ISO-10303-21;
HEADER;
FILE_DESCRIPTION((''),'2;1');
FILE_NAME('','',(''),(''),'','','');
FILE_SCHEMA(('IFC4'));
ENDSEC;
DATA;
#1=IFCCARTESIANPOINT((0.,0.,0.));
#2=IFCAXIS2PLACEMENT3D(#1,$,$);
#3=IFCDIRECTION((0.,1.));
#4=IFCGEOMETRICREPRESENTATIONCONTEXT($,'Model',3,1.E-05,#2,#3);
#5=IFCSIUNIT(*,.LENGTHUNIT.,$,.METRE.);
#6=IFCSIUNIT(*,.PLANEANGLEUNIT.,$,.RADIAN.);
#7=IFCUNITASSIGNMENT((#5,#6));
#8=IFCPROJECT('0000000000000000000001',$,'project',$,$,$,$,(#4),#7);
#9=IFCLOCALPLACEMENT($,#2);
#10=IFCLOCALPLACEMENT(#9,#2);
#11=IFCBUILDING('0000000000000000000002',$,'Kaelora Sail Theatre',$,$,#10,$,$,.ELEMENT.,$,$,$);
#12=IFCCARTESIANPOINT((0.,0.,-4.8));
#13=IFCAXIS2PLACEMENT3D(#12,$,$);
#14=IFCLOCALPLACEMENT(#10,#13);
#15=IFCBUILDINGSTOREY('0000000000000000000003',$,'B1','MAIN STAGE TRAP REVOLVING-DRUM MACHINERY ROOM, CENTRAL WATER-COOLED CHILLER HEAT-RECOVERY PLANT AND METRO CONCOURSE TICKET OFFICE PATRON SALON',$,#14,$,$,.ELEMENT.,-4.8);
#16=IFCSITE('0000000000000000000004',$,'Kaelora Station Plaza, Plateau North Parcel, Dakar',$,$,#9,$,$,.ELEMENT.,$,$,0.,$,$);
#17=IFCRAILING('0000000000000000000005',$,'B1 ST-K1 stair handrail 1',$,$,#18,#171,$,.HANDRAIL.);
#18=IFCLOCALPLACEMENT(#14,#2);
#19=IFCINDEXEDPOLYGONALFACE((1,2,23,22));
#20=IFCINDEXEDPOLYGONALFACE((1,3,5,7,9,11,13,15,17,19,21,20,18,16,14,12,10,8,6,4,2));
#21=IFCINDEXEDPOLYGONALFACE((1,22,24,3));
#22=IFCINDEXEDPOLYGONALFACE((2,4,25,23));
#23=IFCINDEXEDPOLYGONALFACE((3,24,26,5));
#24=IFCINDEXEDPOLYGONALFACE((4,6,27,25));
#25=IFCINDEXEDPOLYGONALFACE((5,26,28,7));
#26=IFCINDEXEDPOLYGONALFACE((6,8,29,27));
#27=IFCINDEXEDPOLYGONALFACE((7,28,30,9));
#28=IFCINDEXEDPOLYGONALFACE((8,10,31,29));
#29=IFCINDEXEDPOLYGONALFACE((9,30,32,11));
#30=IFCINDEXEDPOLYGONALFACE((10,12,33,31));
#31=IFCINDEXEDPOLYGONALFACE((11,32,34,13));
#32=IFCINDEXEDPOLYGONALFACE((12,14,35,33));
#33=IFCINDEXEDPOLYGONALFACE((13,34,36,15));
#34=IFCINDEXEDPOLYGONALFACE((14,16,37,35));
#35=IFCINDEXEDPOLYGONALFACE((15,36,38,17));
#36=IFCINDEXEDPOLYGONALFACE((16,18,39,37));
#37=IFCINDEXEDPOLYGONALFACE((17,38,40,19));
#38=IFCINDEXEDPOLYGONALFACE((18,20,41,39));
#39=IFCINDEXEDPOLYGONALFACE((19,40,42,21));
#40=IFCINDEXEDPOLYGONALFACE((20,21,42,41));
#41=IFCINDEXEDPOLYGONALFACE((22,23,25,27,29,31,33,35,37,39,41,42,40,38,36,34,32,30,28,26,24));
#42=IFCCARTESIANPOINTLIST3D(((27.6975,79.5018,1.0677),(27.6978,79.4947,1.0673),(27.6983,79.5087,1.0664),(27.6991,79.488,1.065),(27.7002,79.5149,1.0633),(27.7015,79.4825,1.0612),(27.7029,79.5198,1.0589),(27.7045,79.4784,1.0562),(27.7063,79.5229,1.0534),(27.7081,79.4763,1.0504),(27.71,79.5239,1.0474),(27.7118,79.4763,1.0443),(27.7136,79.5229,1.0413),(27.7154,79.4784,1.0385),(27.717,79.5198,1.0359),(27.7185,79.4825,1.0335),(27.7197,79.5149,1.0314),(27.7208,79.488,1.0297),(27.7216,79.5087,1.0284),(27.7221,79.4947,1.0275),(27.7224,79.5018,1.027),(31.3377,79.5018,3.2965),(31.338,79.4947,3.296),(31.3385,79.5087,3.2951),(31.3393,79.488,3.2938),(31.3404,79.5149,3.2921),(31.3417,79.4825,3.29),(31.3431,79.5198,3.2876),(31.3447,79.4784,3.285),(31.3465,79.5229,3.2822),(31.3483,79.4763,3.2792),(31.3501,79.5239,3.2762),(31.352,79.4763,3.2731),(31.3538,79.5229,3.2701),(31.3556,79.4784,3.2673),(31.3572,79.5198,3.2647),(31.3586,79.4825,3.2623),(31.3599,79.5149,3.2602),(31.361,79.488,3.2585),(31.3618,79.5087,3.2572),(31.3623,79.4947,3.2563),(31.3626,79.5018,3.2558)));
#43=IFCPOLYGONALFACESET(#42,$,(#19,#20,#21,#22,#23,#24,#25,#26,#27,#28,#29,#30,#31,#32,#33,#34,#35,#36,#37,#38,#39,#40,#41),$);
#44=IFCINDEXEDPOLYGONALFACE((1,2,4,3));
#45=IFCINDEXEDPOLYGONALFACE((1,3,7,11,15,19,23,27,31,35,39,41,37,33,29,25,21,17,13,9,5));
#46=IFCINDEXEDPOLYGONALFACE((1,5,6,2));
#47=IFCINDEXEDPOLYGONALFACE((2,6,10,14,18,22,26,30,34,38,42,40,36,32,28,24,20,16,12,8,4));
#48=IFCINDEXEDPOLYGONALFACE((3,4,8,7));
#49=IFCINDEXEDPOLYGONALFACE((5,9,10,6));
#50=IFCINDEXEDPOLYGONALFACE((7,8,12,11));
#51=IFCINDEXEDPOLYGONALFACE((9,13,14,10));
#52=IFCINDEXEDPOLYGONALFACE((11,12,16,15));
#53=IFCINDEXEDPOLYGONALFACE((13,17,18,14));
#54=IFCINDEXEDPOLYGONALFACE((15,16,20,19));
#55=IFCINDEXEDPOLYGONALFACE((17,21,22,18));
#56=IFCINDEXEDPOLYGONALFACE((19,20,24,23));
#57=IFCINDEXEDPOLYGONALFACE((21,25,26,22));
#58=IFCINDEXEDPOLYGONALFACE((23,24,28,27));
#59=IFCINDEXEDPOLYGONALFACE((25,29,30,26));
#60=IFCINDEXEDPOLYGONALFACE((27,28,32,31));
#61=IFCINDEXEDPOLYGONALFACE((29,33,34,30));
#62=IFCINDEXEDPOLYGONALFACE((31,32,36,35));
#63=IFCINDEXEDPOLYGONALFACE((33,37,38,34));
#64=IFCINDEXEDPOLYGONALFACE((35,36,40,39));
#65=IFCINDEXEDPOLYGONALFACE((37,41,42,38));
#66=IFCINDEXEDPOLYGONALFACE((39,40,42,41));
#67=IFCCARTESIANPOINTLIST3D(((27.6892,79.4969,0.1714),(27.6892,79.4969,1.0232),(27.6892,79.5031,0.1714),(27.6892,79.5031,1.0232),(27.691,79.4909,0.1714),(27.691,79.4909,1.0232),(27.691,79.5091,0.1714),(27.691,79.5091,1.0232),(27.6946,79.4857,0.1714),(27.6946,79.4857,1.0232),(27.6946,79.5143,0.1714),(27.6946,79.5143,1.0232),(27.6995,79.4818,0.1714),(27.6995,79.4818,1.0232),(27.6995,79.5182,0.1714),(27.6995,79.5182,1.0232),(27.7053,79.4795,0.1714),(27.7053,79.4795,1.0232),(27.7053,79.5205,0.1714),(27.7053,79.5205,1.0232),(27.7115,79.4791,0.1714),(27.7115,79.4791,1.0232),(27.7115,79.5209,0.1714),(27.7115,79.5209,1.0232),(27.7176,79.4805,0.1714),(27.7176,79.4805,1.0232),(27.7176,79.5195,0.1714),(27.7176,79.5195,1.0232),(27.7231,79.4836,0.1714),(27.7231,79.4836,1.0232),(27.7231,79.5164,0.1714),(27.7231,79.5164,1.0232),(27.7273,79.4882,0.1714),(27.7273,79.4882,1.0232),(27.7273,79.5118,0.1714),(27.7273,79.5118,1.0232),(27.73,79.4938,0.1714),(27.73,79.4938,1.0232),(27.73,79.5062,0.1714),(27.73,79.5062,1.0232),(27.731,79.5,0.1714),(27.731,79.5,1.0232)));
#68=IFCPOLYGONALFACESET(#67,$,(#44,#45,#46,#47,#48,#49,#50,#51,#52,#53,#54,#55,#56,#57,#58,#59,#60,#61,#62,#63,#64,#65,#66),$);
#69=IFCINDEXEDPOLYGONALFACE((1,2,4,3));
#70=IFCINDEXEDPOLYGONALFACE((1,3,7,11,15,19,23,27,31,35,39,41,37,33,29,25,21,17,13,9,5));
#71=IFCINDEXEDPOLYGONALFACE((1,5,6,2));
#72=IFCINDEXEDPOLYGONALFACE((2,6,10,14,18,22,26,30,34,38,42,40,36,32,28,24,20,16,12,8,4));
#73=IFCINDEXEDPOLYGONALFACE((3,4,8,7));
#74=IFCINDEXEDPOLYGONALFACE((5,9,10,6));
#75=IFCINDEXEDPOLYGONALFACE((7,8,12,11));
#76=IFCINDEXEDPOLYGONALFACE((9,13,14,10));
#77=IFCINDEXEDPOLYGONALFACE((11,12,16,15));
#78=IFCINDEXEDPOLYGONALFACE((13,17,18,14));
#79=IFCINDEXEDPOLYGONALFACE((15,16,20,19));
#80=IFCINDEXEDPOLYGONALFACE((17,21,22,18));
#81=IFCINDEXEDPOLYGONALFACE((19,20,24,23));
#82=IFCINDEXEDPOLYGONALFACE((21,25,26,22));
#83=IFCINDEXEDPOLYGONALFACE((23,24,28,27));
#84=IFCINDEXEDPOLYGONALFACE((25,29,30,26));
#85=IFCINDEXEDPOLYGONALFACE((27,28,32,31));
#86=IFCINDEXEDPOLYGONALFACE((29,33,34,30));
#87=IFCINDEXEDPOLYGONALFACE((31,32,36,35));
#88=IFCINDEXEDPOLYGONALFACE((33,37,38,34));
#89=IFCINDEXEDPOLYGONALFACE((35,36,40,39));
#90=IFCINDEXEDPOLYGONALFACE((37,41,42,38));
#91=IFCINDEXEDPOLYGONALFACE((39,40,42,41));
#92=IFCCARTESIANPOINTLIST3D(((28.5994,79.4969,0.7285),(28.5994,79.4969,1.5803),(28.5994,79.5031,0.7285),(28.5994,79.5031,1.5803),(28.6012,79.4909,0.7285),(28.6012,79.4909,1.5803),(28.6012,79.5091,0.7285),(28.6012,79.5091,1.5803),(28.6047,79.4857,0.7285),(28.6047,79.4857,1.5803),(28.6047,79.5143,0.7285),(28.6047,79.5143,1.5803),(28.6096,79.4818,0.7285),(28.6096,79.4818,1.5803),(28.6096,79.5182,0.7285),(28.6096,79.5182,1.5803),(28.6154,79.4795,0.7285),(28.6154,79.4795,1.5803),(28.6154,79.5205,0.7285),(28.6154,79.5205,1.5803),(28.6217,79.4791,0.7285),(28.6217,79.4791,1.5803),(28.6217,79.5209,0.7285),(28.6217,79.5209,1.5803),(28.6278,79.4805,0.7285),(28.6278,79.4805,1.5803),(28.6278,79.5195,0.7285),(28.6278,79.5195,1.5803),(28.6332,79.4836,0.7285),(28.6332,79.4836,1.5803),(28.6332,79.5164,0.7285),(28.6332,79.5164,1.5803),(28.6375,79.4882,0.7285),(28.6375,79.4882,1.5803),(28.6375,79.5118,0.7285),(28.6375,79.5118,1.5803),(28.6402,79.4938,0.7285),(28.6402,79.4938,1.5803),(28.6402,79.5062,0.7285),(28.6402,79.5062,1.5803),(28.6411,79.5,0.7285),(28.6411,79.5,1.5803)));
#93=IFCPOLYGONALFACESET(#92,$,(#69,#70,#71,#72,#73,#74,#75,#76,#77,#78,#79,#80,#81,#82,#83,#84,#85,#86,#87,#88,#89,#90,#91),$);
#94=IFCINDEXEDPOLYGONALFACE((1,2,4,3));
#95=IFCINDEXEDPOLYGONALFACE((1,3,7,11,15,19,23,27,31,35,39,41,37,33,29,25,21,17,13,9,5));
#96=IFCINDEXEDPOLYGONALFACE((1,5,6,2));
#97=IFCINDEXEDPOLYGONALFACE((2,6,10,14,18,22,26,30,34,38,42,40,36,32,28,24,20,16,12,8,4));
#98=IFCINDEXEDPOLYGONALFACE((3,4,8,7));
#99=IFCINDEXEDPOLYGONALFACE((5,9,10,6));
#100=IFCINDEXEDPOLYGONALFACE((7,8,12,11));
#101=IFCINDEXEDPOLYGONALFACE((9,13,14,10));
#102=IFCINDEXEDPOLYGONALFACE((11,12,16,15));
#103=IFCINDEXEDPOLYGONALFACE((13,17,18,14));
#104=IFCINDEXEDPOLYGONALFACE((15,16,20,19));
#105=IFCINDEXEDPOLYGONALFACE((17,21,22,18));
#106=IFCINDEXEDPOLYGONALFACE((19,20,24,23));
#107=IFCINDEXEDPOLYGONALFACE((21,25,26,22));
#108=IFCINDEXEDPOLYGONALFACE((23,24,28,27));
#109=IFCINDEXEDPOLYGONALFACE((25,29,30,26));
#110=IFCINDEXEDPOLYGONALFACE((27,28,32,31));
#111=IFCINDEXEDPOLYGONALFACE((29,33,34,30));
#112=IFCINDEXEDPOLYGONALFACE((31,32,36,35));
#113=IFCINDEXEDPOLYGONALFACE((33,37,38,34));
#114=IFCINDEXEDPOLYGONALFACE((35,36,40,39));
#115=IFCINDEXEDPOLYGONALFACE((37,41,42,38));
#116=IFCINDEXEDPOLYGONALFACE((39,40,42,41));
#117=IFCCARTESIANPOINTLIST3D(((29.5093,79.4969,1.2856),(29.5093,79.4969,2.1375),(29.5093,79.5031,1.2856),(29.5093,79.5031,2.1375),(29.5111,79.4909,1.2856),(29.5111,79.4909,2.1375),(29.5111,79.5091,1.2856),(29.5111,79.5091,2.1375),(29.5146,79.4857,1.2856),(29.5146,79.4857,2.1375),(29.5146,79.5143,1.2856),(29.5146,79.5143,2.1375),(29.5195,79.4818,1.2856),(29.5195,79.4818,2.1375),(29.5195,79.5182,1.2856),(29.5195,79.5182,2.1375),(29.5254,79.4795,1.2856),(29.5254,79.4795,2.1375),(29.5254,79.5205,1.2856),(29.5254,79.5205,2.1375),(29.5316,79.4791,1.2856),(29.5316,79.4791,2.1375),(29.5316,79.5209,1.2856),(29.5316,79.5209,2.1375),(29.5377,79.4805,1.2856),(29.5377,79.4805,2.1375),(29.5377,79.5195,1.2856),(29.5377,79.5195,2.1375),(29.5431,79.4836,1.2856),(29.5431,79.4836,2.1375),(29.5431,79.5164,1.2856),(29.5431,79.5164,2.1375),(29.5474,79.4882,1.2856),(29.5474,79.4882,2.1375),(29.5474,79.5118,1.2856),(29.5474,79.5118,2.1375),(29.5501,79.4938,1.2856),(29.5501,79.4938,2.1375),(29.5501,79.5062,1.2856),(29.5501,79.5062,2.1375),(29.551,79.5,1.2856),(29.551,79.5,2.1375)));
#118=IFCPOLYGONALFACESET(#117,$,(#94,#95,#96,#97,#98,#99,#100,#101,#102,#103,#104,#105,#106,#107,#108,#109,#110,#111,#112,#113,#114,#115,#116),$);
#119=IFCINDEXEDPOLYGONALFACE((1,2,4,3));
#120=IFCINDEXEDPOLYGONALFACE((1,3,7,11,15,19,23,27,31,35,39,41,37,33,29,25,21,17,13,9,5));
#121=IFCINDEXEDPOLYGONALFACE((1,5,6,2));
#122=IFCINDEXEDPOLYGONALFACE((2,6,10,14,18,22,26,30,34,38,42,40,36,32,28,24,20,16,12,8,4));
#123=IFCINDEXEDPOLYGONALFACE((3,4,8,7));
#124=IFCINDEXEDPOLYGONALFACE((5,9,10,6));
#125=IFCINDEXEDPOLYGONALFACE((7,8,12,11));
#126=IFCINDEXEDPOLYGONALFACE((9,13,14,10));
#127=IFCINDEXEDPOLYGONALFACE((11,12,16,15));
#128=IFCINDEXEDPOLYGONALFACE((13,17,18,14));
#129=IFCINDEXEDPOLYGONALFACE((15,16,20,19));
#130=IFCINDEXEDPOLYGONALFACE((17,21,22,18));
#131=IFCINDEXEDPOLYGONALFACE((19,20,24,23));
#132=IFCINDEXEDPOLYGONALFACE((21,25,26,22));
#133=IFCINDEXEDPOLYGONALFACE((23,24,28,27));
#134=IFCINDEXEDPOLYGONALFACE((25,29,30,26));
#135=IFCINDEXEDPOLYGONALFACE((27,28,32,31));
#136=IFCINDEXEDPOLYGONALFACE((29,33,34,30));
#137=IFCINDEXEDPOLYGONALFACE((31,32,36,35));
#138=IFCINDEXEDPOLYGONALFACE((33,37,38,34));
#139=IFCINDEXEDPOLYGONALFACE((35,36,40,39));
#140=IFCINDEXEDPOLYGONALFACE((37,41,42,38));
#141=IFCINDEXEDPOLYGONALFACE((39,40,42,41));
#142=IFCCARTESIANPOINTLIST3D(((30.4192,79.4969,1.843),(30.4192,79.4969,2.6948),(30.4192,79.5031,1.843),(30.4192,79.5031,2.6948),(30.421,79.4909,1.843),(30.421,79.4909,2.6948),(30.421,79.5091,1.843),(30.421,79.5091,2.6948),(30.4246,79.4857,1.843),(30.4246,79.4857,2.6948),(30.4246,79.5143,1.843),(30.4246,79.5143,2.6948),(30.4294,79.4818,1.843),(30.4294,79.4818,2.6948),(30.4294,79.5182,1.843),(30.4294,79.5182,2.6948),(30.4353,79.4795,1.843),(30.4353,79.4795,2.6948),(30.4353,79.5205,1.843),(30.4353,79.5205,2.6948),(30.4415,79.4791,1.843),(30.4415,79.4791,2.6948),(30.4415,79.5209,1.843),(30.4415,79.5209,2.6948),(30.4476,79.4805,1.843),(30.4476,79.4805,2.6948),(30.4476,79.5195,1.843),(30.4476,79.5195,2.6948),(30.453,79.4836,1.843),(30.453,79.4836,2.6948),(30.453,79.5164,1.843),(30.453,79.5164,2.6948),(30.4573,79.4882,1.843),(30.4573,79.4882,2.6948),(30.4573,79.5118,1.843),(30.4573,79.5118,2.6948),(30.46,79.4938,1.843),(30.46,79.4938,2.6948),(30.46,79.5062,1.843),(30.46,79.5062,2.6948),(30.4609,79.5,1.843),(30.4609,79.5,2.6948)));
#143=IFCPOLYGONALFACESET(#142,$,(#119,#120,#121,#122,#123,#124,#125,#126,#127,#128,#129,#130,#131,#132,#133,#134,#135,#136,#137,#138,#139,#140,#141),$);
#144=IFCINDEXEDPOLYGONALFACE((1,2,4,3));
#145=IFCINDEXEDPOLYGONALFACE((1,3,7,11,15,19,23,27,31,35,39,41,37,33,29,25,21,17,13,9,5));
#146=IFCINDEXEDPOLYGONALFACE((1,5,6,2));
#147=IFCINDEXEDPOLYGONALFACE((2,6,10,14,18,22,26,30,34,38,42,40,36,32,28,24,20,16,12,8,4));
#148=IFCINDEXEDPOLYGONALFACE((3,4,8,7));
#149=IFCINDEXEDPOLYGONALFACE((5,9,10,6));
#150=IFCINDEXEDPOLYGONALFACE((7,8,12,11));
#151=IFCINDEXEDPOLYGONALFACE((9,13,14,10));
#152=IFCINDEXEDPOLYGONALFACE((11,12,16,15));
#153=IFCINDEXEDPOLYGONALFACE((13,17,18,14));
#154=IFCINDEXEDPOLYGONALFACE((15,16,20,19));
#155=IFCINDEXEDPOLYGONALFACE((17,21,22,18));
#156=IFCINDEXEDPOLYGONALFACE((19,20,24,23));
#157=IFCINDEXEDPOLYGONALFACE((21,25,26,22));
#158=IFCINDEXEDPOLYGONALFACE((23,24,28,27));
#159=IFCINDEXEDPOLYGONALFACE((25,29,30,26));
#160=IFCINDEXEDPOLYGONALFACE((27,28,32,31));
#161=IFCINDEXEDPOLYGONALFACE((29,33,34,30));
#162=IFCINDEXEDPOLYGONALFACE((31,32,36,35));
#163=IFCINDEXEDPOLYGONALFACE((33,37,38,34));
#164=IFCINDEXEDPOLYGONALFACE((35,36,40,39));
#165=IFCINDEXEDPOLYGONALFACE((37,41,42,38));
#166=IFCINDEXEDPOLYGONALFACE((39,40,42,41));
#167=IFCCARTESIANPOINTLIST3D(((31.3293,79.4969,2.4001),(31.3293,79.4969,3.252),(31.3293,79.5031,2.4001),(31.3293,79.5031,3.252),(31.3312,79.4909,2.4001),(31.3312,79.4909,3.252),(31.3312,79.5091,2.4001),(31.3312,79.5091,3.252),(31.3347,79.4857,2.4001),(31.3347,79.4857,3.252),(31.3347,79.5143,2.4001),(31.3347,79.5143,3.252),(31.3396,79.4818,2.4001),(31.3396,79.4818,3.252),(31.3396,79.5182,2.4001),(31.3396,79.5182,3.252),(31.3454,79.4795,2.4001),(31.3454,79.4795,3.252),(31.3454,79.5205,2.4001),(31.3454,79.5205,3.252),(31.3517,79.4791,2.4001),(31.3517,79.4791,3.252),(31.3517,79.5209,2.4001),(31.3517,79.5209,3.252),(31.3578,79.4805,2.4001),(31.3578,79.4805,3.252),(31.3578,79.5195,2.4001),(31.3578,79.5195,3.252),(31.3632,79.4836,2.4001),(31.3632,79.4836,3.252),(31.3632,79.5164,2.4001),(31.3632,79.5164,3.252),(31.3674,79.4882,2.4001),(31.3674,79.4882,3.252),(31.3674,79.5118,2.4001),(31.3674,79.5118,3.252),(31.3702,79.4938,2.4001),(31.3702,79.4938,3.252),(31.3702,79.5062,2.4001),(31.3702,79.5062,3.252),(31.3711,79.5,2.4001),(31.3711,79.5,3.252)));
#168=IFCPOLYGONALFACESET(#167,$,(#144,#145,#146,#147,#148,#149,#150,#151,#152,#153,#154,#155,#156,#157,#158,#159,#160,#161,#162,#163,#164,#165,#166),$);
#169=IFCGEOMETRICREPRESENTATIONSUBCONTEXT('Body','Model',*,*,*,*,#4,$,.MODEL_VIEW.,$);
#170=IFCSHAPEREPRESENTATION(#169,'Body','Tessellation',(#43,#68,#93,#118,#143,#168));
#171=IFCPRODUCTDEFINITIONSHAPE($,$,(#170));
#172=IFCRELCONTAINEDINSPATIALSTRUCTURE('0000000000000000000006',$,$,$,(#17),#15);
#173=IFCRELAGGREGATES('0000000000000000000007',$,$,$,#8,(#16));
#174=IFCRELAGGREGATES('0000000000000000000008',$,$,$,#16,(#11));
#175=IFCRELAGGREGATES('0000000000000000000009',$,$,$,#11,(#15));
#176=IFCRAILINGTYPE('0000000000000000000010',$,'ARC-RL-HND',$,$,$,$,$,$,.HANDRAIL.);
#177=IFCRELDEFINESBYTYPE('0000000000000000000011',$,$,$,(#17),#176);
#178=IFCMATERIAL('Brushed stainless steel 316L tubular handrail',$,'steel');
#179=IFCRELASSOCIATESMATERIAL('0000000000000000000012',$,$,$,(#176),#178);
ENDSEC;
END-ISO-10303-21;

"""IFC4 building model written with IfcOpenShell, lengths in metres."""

from ifc_helpers import new_model, si_unit, direction, frame, origin, origin_2d, place, context, subcontext, project, spatial, circle, extrude, material, type_object, element, save


model = new_model("IFC4")

# Units and contexts
model_context = context("Model", 3, precision=1e-05, world=origin(), true_north=direction((0.0, 1.0)))
body_context = subcontext(model_context, "Body", "Model", "MODEL_VIEW")
ifc_project = project(units=[si_unit("LENGTHUNIT", "METRE"), si_unit("PLANEANGLEUNIT", "RADIAN")], contexts=[model_context])

# Site, building, storey
site_placement = place(None, origin())
site = spatial("IfcSite", under=ifc_project, at=site_placement, Name="Kaelora Station Plaza, Plateau North Parcel, Dakar", CompositionType="ELEMENT", RefElevation=0.0)
building_placement = place(site_placement, origin())
building = spatial("IfcBuilding", under=site, at=building_placement, Name="Kaelora Sail Theatre", CompositionType="ELEMENT")
storey_placement = place(building_placement, frame((0.0, 0.0, -4.8)))
storey = spatial("IfcBuildingStorey", under=building, at=storey_placement, Name="B1", Description="MAIN STAGE TRAP REVOLVING-DRUM MACHINERY ROOM, CENTRAL WATER-COOLED CHILLER HEAT-RECOVERY PLANT AND METRO CONCOURSE TICKET OFFICE PATRON SALON", CompositionType="ELEMENT", Elevation=-4.8)

# Railing
ifc_material_1 = material(Name="Brushed stainless steel 316L tubular handrail", Category="steel")
railing_type_1 = type_object("IfcRailingType", Name="ARC-RL-HND", PredefinedType="HANDRAIL", material=ifc_material_1)
railing_1_placement = place(storey_placement, frame((27.71, 79.5, 0.1714)))
element("IfcRailing", 1, at=railing_1_placement, inside=storey, type_object=railing_type_1, Name="B1 ST-K1 stair handrail 1", PredefinedType="HANDRAIL", context=body_context, shape_type="SweptSolid", body=[
    extrude(circle(Radius=0.0239, at=origin_2d()), frame((0.0, 0.0, 0.876), z_axis=(0.85284, 0.0, 0.522172), x_axis=(0.0, 1.0, 0.0)), (0.0, 0.0, 1.0), 4.2683),
    extrude(circle(Radius=0.021, at=origin_2d()), origin(), (0.0, 0.0, 1.0), 0.8518),
    extrude(circle(Radius=0.021, at=origin_2d()), frame((0.9102, 0.0, 0.5571)), (0.0, 0.0, 1.0), 0.8518),
    extrude(circle(Radius=0.021, at=origin_2d()), frame((1.8201, 0.0, 1.1143)), (0.0, 0.0, 1.0), 0.8518),
    extrude(circle(Radius=0.021, at=origin_2d()), frame((2.73, 0.0, 1.6716)), (0.0, 0.0, 1.0), 0.8518),
    extrude(circle(Radius=0.021, at=origin_2d()), frame((3.6401, 0.0, 2.2288)), (0.0, 0.0, 1.0), 0.8518),
])

save(model, "model.ifc")
